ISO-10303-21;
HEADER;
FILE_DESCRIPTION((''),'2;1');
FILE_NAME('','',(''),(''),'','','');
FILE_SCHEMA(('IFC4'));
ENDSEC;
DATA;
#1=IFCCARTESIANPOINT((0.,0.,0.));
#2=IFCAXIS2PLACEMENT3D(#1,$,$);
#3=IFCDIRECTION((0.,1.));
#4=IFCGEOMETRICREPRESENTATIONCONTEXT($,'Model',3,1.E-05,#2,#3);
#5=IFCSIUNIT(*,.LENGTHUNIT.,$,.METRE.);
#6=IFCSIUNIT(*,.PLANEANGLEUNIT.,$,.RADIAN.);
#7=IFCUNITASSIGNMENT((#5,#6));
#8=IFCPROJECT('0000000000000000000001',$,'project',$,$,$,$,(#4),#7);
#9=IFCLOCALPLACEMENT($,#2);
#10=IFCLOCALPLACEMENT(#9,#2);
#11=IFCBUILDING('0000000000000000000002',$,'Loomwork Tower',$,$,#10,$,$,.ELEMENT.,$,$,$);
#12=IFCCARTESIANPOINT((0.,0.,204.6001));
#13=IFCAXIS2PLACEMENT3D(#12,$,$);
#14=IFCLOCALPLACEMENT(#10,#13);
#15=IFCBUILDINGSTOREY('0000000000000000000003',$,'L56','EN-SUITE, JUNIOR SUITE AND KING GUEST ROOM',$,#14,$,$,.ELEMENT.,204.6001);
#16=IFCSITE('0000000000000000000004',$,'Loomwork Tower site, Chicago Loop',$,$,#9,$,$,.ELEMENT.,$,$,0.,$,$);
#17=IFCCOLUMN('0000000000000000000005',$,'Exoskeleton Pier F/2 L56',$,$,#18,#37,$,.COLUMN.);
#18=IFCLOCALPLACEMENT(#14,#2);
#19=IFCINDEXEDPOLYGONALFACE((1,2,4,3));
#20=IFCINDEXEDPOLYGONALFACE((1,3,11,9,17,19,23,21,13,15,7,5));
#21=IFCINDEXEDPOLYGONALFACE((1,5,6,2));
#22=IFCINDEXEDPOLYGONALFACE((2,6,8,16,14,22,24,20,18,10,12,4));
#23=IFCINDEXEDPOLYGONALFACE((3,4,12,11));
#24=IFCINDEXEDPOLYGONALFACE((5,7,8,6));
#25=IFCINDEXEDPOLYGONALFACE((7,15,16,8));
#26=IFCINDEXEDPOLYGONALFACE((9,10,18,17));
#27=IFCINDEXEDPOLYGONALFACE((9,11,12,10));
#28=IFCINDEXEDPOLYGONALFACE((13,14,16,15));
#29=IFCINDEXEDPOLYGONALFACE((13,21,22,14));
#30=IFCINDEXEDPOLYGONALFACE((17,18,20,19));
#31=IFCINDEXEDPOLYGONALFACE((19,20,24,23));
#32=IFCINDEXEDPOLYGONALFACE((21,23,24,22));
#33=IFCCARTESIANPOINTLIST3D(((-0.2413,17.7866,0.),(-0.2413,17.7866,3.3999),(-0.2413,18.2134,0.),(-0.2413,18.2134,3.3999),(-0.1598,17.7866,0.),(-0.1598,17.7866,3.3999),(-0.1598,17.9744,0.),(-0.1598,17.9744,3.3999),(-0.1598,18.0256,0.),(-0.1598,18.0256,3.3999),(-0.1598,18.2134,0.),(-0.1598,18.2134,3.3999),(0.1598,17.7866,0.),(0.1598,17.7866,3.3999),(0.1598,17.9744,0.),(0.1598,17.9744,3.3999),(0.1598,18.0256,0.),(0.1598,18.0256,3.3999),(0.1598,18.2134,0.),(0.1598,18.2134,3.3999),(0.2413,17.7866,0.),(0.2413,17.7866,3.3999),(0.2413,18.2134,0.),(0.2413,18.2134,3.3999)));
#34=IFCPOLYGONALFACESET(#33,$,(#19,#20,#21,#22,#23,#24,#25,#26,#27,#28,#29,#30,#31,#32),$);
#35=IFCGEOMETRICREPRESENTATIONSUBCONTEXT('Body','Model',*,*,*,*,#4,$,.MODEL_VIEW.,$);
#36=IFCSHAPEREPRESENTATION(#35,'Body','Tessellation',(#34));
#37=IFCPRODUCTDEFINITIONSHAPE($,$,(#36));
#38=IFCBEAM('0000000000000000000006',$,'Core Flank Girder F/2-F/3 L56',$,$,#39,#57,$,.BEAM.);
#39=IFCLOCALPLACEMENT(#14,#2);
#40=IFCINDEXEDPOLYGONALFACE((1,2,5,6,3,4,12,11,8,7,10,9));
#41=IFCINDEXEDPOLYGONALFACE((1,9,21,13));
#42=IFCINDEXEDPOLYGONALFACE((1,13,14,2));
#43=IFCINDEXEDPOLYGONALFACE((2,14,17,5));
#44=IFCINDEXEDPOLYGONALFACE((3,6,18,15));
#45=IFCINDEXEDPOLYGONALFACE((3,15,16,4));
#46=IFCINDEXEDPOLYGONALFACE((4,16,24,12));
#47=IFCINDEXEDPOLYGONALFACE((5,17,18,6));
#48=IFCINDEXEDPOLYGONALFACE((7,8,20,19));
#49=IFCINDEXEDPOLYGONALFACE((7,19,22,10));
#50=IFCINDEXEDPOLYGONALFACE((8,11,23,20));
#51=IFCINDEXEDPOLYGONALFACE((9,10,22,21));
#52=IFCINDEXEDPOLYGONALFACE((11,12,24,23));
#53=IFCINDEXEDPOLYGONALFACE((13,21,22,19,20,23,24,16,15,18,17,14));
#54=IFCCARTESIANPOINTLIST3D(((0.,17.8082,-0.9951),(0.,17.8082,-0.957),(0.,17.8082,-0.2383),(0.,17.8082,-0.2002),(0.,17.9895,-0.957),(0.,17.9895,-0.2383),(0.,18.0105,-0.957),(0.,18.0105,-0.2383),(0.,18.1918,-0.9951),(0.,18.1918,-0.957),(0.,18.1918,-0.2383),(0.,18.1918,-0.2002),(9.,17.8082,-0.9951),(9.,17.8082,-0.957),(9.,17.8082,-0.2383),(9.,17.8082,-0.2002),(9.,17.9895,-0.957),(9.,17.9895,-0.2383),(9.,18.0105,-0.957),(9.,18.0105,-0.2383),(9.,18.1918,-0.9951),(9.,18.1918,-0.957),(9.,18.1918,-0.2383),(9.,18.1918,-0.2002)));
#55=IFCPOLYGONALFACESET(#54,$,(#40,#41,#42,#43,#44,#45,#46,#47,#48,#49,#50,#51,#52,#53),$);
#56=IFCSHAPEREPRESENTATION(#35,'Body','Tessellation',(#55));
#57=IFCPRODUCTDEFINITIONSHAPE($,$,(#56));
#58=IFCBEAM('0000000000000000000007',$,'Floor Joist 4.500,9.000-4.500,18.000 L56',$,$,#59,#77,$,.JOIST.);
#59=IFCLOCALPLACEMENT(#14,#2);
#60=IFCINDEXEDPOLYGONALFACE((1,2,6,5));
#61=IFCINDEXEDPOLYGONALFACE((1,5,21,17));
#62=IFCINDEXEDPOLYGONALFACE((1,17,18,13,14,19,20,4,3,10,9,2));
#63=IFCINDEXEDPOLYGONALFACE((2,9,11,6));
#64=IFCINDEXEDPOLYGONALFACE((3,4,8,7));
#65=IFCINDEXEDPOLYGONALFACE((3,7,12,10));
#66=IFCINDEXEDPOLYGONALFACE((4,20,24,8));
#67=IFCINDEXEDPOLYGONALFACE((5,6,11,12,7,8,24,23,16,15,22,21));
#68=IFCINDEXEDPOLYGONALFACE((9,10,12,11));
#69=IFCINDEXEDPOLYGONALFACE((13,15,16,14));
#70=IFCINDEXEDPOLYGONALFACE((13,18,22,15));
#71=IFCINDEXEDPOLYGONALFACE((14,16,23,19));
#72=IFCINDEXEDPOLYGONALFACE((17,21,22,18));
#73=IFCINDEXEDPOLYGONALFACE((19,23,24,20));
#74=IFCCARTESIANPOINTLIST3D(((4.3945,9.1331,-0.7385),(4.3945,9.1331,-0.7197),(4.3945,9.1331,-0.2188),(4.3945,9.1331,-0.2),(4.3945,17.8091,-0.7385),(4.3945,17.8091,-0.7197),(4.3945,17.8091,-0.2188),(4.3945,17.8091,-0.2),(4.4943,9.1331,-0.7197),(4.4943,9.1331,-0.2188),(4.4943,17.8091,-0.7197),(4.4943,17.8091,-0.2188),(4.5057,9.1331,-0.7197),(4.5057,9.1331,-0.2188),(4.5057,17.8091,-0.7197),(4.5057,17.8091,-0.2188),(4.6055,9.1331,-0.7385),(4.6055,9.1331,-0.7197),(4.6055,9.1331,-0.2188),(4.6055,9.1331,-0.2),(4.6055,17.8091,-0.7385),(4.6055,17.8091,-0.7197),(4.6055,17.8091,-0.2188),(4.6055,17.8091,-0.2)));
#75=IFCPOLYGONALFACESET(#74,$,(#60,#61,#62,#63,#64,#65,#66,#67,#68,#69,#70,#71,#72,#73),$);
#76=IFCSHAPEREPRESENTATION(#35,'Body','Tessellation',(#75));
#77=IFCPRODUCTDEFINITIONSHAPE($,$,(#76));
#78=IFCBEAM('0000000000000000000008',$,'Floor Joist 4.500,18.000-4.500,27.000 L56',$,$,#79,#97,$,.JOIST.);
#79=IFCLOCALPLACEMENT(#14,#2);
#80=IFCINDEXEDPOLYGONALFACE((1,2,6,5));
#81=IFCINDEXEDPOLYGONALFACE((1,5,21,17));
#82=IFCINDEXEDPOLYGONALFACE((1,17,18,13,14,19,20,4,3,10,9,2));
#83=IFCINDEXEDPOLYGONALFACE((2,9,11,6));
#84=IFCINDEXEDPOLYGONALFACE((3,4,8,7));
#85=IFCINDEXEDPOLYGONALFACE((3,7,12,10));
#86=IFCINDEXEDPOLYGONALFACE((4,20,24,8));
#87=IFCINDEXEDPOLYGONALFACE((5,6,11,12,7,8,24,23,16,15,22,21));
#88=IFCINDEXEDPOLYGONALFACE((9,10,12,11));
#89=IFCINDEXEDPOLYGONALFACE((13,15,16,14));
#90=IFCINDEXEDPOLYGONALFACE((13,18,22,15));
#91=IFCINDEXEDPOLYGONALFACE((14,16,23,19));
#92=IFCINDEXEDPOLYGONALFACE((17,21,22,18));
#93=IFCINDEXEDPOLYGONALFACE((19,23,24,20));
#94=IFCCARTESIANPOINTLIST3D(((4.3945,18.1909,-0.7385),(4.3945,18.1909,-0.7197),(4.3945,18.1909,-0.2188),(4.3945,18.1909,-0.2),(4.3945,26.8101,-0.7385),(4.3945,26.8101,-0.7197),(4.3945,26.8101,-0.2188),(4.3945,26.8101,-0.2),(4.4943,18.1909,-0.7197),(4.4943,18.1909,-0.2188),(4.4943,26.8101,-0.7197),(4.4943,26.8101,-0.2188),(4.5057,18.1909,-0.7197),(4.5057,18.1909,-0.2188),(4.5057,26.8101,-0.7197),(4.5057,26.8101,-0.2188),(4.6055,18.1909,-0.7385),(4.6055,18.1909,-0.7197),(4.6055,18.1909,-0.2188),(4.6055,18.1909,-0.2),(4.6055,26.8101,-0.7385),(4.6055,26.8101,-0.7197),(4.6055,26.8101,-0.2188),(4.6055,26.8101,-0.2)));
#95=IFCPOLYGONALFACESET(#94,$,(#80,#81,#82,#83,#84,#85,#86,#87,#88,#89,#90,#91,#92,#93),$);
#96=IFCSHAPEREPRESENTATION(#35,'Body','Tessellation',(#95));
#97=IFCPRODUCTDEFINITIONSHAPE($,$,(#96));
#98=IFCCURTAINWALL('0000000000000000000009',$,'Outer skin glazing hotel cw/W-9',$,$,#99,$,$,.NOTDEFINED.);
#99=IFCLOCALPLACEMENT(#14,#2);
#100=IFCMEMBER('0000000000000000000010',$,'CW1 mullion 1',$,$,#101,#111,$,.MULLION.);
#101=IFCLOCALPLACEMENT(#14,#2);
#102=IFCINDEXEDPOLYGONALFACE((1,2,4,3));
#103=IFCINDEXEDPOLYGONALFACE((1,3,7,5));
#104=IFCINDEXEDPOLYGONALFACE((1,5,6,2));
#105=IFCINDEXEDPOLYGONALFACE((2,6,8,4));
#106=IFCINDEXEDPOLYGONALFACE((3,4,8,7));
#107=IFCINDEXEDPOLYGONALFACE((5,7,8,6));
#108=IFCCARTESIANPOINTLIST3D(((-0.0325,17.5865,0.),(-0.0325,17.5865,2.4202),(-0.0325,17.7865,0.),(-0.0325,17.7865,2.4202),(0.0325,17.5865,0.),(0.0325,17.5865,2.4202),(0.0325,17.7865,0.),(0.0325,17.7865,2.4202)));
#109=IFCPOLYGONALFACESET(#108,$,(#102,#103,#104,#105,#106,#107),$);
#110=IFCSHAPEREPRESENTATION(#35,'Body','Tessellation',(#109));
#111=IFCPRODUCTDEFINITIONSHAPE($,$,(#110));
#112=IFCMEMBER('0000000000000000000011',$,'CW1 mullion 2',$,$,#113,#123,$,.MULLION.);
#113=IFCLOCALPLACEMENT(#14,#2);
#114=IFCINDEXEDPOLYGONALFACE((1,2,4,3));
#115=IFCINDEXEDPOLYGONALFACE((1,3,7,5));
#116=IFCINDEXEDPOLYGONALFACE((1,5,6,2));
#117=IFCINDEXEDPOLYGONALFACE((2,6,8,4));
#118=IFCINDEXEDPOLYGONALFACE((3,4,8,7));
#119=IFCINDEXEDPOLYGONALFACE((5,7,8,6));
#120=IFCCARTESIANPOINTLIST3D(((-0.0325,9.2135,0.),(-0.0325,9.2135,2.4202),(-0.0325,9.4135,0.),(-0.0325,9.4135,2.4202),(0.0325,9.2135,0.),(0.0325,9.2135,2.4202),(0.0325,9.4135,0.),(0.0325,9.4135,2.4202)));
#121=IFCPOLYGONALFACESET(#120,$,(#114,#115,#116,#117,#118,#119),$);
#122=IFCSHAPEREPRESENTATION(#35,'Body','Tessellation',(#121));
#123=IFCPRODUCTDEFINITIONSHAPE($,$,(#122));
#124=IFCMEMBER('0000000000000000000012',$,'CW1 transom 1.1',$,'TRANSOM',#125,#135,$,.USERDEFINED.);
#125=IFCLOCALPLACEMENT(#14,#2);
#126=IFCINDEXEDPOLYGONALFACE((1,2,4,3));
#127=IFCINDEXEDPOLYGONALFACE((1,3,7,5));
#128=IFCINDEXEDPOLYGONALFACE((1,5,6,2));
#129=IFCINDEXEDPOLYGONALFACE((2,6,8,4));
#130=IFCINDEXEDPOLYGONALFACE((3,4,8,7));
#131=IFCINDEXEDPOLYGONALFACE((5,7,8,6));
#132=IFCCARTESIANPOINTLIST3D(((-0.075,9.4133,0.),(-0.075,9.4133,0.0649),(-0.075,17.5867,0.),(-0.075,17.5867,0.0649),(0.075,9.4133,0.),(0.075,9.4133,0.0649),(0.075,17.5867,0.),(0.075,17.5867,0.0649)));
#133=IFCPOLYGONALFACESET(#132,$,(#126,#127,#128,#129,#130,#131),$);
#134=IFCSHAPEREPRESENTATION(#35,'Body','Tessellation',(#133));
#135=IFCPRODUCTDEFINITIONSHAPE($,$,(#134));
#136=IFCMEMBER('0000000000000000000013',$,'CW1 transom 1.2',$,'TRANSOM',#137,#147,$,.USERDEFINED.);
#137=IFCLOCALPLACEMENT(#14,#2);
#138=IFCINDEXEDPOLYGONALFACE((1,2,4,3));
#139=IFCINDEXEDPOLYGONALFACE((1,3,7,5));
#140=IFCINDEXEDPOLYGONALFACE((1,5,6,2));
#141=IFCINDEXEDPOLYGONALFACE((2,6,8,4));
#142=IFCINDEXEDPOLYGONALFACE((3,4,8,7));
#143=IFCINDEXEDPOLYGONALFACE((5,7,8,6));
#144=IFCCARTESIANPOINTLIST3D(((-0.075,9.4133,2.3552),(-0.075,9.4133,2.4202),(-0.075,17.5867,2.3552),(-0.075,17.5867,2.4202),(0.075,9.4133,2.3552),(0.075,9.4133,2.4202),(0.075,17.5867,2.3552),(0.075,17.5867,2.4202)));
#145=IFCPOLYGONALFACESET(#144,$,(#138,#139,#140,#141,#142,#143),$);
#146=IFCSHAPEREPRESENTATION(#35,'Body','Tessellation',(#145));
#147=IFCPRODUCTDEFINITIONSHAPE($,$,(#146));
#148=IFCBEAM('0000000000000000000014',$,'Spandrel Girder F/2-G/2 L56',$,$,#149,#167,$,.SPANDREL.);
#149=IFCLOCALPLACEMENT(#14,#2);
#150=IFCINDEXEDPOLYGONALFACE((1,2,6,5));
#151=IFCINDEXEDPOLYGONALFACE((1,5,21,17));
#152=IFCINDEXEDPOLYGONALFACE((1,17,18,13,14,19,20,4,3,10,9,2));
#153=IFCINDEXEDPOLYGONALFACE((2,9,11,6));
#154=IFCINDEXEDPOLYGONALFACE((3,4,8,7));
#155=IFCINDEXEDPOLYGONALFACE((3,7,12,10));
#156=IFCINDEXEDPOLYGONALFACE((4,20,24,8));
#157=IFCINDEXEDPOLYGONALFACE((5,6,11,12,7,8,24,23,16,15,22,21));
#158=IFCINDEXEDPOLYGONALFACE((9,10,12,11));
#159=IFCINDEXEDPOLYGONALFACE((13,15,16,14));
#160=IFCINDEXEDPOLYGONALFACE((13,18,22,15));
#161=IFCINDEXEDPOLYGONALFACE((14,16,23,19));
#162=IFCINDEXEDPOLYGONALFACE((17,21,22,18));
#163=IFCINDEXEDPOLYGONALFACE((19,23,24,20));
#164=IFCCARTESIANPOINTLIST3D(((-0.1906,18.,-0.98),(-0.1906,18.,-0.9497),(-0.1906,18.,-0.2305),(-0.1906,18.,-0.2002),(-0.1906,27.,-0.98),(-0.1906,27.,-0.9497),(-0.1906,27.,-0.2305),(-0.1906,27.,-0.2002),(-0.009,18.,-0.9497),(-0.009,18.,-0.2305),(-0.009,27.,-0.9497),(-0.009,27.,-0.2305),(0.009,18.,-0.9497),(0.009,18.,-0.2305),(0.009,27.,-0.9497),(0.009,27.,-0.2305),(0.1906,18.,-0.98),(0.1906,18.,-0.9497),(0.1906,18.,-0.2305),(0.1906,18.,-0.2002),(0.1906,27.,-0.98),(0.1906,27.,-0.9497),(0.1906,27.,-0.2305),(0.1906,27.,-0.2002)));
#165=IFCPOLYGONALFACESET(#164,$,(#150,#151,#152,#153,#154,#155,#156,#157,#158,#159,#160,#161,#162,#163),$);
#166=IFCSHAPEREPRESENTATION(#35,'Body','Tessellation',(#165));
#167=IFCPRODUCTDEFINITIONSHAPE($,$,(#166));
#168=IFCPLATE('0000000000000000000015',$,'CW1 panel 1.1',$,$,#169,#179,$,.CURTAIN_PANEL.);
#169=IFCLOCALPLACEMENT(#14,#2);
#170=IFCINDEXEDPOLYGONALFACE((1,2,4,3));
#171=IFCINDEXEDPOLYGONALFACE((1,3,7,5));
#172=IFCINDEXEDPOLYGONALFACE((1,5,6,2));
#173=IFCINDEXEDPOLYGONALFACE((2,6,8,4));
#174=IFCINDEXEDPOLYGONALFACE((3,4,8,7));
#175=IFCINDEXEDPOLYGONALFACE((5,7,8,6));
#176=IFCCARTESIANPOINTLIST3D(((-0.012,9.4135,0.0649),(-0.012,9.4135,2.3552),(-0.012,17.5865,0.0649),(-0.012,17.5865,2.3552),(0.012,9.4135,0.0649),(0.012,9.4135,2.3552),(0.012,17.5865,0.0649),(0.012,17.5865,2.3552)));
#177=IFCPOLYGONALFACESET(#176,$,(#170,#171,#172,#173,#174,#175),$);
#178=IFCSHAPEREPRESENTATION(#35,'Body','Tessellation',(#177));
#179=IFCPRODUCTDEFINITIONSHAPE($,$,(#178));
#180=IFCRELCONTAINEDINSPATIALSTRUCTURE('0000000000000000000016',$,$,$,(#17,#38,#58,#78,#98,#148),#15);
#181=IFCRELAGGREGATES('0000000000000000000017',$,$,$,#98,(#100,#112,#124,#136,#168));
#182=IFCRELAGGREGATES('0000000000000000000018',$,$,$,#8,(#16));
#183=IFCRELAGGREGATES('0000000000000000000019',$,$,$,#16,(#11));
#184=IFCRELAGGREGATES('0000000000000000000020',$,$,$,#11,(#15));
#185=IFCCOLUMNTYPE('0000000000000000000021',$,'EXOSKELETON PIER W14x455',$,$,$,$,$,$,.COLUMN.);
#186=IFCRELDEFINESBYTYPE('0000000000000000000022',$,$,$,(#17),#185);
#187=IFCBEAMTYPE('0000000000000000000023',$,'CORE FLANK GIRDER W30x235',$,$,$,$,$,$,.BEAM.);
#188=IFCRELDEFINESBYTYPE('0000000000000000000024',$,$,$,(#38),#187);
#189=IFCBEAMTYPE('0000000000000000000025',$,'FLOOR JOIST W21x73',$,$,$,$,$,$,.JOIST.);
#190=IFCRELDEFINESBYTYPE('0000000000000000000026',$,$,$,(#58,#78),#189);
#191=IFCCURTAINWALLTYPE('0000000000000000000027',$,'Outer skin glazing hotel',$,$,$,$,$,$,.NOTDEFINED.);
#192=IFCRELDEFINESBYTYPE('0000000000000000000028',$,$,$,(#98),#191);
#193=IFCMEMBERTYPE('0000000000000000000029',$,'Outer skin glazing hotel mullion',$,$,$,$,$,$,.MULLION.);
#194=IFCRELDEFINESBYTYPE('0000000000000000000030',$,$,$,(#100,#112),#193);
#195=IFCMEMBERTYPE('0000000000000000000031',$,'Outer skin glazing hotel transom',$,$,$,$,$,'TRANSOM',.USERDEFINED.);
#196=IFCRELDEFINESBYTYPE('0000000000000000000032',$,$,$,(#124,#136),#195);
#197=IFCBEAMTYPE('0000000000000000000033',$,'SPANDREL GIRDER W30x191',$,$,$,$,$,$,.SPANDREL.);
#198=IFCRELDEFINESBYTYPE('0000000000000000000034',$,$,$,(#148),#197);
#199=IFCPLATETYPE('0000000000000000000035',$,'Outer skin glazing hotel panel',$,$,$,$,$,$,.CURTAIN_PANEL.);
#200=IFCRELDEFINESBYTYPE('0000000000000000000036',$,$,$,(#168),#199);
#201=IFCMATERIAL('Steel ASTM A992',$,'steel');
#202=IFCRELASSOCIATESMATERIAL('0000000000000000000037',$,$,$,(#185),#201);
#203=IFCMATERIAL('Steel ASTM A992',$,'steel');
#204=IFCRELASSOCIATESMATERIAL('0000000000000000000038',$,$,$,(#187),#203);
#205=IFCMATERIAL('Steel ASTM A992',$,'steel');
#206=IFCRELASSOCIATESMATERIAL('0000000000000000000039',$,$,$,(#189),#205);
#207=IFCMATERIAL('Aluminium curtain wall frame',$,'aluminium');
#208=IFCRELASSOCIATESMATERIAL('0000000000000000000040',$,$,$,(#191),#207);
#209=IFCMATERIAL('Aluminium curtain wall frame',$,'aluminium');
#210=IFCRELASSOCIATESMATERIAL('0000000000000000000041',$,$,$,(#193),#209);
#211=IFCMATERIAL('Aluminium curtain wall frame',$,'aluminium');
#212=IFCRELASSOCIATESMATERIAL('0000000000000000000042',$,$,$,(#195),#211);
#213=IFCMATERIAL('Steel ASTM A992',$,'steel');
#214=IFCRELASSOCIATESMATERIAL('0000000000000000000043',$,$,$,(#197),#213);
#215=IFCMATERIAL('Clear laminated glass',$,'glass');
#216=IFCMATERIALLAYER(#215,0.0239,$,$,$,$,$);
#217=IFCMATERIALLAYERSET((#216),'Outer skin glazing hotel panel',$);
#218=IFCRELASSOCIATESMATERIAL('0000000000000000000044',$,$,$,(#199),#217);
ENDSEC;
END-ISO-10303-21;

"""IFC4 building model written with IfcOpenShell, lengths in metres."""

from ifc_helpers import new_model, si_unit, direction, frame, origin, origin_2d, place, context, subcontext, project, spatial, rectangle, i_section, extrude, material, layer, layer_set, material_profile, profile_set, type_object, element, aggregate, save


model = new_model("IFC4")

# Units and contexts
model_context = context("Model", 3, precision=1e-05, world=origin(), true_north=direction((0.0, 1.0)))
body_context = subcontext(model_context, "Body", "Model", "MODEL_VIEW")
ifc_project = project(units=[si_unit("LENGTHUNIT", "METRE"), si_unit("PLANEANGLEUNIT", "RADIAN")], contexts=[model_context])

# Site, building, storey
site_placement = place(None, origin())
site = spatial("IfcSite", under=ifc_project, at=site_placement, Name="Loomwork Tower site, Chicago Loop", CompositionType="ELEMENT", RefElevation=0.0)
building_placement = place(site_placement, origin())
building = spatial("IfcBuilding", under=site, at=building_placement, Name="Loomwork Tower", CompositionType="ELEMENT")
storey_placement = place(building_placement, frame((0.0, 0.0, 204.6001)))
storey = spatial("IfcBuildingStorey", under=building, at=storey_placement, Name="L56", Description="EN-SUITE, JUNIOR SUITE AND KING GUEST ROOM", CompositionType="ELEMENT", Elevation=204.6001)

# Column
ifc_material_1 = material(Name="Steel ASTM A992", Category="steel")
ifc_material_profile_1 = material_profile(ifc_material_1, i_section(OverallWidth=0.4268, OverallDepth=0.4827, WebThickness=0.0513, FlangeThickness=0.0815, at=origin_2d()), Name="W14x455")
ifc_profile_set_1 = profile_set([ifc_material_profile_1], Name="Steel ASTM A992")
column_type = type_object("IfcColumnType", Name="EXOSKELETON PIER W14x455", PredefinedType="COLUMN", material=ifc_profile_set_1)
column_placement = place(storey_placement, frame((0.0, 18.0, 0.0), z_axis=(0.0, 0.0, 1.0), x_axis=(0.0, 1.0, 0.0)))
element("IfcColumn", 1, at=column_placement, inside=storey, type_object=column_type, Name="Exoskeleton Pier F/2 L56", PredefinedType="COLUMN", context=body_context, shape_type="SweptSolid", body=[
    extrude(i_section(OverallWidth=0.4268, OverallDepth=0.4827, WebThickness=0.0513, FlangeThickness=0.0815, at=origin_2d()), origin(), (0.0, 0.0, 1.0), 3.3999),
])

# Beams
ifc_material_2 = material(Name="Steel ASTM A992", Category="steel")
ifc_material_profile_2 = material_profile(ifc_material_2, i_section(OverallWidth=0.3835, OverallDepth=0.7949, WebThickness=0.021, FlangeThickness=0.0381, at=origin_2d()), Name="W30x235")
ifc_profile_set_2 = profile_set([ifc_material_profile_2], Name="Steel ASTM A992")
beam_type_1 = type_object("IfcBeamType", Name="CORE FLANK GIRDER W30x235", PredefinedType="BEAM", material=ifc_profile_set_2)
beam_1_placement = place(storey_placement, frame((0.0, 18.0, -0.5977), z_axis=(1.0, 0.0, 0.0), x_axis=(0.0, 1.0, 0.0)))
element("IfcBeam", 2, at=beam_1_placement, inside=storey, type_object=beam_type_1, Name="Core Flank Girder F/2-F/3 L56", PredefinedType="BEAM", context=body_context, shape_type="SweptSolid", body=[
    extrude(i_section(OverallWidth=0.3835, OverallDepth=0.7949, WebThickness=0.021, FlangeThickness=0.0381, at=origin_2d()), origin(), (0.0, 0.0, 1.0), 9.0),
])
ifc_material_3 = material(Name="Steel ASTM A992", Category="steel")
ifc_material_profile_3 = material_profile(ifc_material_3, i_section(OverallWidth=0.2109, OverallDepth=0.5386, WebThickness=0.0115, FlangeThickness=0.0188, at=origin_2d()), Name="W21x73")
ifc_profile_set_3 = profile_set([ifc_material_profile_3], Name="Steel ASTM A992")
beam_type_2 = type_object("IfcBeamType", Name="FLOOR JOIST W21x73", PredefinedType="JOIST", material=ifc_profile_set_3)
beam_2_placement = place(storey_placement, frame((4.5, 9.1331, -0.4692), z_axis=(0.0, 1.0, 0.0), x_axis=(-1.0, 0.0, 0.0)))
element("IfcBeam", 3, at=beam_2_placement, inside=storey, type_object=beam_type_2, Name="Floor Joist 4.500,9.000-4.500,18.000 L56", PredefinedType="JOIST", context=body_context, shape_type="SweptSolid", body=[
    extrude(i_section(OverallWidth=0.2109, OverallDepth=0.5386, WebThickness=0.0115, FlangeThickness=0.0188, at=origin_2d()), origin(), (0.0, 0.0, 1.0), 8.676),
])
beam_3_placement = place(storey_placement, frame((4.5, 18.1909, -0.4692), z_axis=(0.0, 1.0, 0.0), x_axis=(-1.0, 0.0, 0.0)))
element("IfcBeam", 4, at=beam_3_placement, inside=storey, type_object=beam_type_2, Name="Floor Joist 4.500,18.000-4.500,27.000 L56", PredefinedType="JOIST", context=body_context, shape_type="SweptSolid", body=[
    extrude(i_section(OverallWidth=0.2109, OverallDepth=0.5386, WebThickness=0.0115, FlangeThickness=0.0188, at=origin_2d()), origin(), (0.0, 0.0, 1.0), 8.6191),
])

# Curtain wall, members
ifc_material_4 = material(Name="Aluminium curtain wall frame", Category="aluminium")
curtain_wall_type = type_object("IfcCurtainWallType", Name="Outer skin glazing hotel", PredefinedType="NOTDEFINED", material=ifc_material_4)
curtain_wall_placement = place(storey_placement, origin())
curtain_wall = element("IfcCurtainWall", 5, at=curtain_wall_placement, inside=storey, type_object=curtain_wall_type, Name="Outer skin glazing hotel cw/W-9", PredefinedType="NOTDEFINED")
ifc_material_5 = material(Name="Aluminium curtain wall frame", Category="aluminium")
ifc_material_profile_4 = material_profile(ifc_material_5, rectangle(XDim=0.0649, YDim=0.2, at=origin_2d()), Name="AL 65x200")
ifc_profile_set_4 = profile_set([ifc_material_profile_4], Name="Aluminium curtain wall frame")
member_type_1 = type_object("IfcMemberType", Name="Outer skin glazing hotel mullion", PredefinedType="MULLION", material=ifc_profile_set_4)
member_1_placement = place(storey_placement, frame((0.0, 17.6865, 0.0), z_axis=(0.0, 0.0, 1.0), x_axis=(1.0, 0.0, 0.0)))
member_1 = element("IfcMember", 6, at=member_1_placement, type_object=member_type_1, Name="CW1 mullion 1", PredefinedType="MULLION", context=body_context, shape_type="SweptSolid", body=[
    extrude(rectangle(XDim=0.0649, YDim=0.2, at=origin_2d()), origin(), (0.0, 0.0, 1.0), 2.4202),
])
member_2_placement = place(storey_placement, frame((0.0, 9.3135, 0.0), z_axis=(0.0, 0.0, 1.0), x_axis=(1.0, 0.0, 0.0)))
member_2 = element("IfcMember", 7, at=member_2_placement, type_object=member_type_1, Name="CW1 mullion 2", PredefinedType="MULLION", context=body_context, shape_type="SweptSolid", body=[
    extrude(rectangle(XDim=0.0649, YDim=0.2, at=origin_2d()), origin(), (0.0, 0.0, 1.0), 2.4202),
])
ifc_material_6 = material(Name="Aluminium curtain wall frame", Category="aluminium")
ifc_material_profile_5 = material_profile(ifc_material_6, rectangle(XDim=0.1499, YDim=0.0649, at=origin_2d()), Name="AL 65x150")
ifc_profile_set_5 = profile_set([ifc_material_profile_5], Name="Aluminium curtain wall frame")
member_type_2 = type_object("IfcMemberType", Name="Outer skin glazing hotel transom", ElementType="TRANSOM", PredefinedType="USERDEFINED", material=ifc_profile_set_5)
member_3_placement = place(storey_placement, frame((0.0, 17.5867, 0.0325), z_axis=(0.0, -1.0, 0.0), x_axis=(1.0, 0.0, 0.0)))
member_3 = element("IfcMember", 8, at=member_3_placement, type_object=member_type_2, Name="CW1 transom 1.1", ObjectType="TRANSOM", PredefinedType="USERDEFINED", context=body_context, shape_type="SweptSolid", body=[
    extrude(rectangle(XDim=0.1499, YDim=0.0649, at=origin_2d()), origin(), (0.0, 0.0, 1.0), 8.1733),
])
member_4_placement = place(storey_placement, frame((0.0, 17.5867, 2.3877), z_axis=(0.0, -1.0, 0.0), x_axis=(1.0, 0.0, 0.0)))
member_4 = element("IfcMember", 9, at=member_4_placement, type_object=member_type_2, Name="CW1 transom 1.2", ObjectType="TRANSOM", PredefinedType="USERDEFINED", context=body_context, shape_type="SweptSolid", body=[
    extrude(rectangle(XDim=0.1499, YDim=0.0649, at=origin_2d()), origin(), (0.0, 0.0, 1.0), 8.1733),
])

# Beam
ifc_material_7 = material(Name="Steel ASTM A992", Category="steel")
ifc_material_profile_6 = material_profile(ifc_material_7, i_section(OverallWidth=0.3811, OverallDepth=0.7798, WebThickness=0.0181, FlangeThickness=0.0303, at=origin_2d()), Name="W30x191")
ifc_profile_set_6 = profile_set([ifc_material_profile_6], Name="Steel ASTM A992")
beam_type_3 = type_object("IfcBeamType", Name="SPANDREL GIRDER W30x191", PredefinedType="SPANDREL", material=ifc_profile_set_6)
beam_4_placement = place(storey_placement, frame((0.0, 18.0, -0.5901), z_axis=(0.0, 1.0, 0.0), x_axis=(-1.0, 0.0, 0.0)))
element("IfcBeam", 10, at=beam_4_placement, inside=storey, type_object=beam_type_3, Name="Spandrel Girder F/2-G/2 L56", PredefinedType="SPANDREL", context=body_context, shape_type="SweptSolid", body=[
    extrude(i_section(OverallWidth=0.3811, OverallDepth=0.7798, WebThickness=0.0181, FlangeThickness=0.0303, at=origin_2d()), origin(), (0.0, 0.0, 1.0), 9.0),
])

# Plate
ifc_material_8 = material(Name="Clear laminated glass", Category="glass")
ifc_layer_1 = layer(ifc_material_8, 0.0239)
ifc_layer_set_1 = layer_set([ifc_layer_1], Name="Outer skin glazing hotel panel")
plate_type = type_object("IfcPlateType", Name="Outer skin glazing hotel panel", PredefinedType="CURTAIN_PANEL", material=ifc_layer_set_1)
plate_placement = place(storey_placement, frame((0.0, 13.5, 0.0649), z_axis=(0.0, 0.0, 1.0), x_axis=(0.0, -1.0, 0.0)))
plate = element("IfcPlate", 11, at=plate_placement, type_object=plate_type, Name="CW1 panel 1.1", PredefinedType="CURTAIN_PANEL", context=body_context, shape_type="SweptSolid", body=[
    extrude(rectangle(XDim=8.1731, YDim=0.0239, at=origin_2d()), origin(), (0.0, 0.0, 1.0), 2.2903),
])
aggregate(curtain_wall, [member_1, member_2, member_3, member_4, plate])

save(model, "model.ifc")
